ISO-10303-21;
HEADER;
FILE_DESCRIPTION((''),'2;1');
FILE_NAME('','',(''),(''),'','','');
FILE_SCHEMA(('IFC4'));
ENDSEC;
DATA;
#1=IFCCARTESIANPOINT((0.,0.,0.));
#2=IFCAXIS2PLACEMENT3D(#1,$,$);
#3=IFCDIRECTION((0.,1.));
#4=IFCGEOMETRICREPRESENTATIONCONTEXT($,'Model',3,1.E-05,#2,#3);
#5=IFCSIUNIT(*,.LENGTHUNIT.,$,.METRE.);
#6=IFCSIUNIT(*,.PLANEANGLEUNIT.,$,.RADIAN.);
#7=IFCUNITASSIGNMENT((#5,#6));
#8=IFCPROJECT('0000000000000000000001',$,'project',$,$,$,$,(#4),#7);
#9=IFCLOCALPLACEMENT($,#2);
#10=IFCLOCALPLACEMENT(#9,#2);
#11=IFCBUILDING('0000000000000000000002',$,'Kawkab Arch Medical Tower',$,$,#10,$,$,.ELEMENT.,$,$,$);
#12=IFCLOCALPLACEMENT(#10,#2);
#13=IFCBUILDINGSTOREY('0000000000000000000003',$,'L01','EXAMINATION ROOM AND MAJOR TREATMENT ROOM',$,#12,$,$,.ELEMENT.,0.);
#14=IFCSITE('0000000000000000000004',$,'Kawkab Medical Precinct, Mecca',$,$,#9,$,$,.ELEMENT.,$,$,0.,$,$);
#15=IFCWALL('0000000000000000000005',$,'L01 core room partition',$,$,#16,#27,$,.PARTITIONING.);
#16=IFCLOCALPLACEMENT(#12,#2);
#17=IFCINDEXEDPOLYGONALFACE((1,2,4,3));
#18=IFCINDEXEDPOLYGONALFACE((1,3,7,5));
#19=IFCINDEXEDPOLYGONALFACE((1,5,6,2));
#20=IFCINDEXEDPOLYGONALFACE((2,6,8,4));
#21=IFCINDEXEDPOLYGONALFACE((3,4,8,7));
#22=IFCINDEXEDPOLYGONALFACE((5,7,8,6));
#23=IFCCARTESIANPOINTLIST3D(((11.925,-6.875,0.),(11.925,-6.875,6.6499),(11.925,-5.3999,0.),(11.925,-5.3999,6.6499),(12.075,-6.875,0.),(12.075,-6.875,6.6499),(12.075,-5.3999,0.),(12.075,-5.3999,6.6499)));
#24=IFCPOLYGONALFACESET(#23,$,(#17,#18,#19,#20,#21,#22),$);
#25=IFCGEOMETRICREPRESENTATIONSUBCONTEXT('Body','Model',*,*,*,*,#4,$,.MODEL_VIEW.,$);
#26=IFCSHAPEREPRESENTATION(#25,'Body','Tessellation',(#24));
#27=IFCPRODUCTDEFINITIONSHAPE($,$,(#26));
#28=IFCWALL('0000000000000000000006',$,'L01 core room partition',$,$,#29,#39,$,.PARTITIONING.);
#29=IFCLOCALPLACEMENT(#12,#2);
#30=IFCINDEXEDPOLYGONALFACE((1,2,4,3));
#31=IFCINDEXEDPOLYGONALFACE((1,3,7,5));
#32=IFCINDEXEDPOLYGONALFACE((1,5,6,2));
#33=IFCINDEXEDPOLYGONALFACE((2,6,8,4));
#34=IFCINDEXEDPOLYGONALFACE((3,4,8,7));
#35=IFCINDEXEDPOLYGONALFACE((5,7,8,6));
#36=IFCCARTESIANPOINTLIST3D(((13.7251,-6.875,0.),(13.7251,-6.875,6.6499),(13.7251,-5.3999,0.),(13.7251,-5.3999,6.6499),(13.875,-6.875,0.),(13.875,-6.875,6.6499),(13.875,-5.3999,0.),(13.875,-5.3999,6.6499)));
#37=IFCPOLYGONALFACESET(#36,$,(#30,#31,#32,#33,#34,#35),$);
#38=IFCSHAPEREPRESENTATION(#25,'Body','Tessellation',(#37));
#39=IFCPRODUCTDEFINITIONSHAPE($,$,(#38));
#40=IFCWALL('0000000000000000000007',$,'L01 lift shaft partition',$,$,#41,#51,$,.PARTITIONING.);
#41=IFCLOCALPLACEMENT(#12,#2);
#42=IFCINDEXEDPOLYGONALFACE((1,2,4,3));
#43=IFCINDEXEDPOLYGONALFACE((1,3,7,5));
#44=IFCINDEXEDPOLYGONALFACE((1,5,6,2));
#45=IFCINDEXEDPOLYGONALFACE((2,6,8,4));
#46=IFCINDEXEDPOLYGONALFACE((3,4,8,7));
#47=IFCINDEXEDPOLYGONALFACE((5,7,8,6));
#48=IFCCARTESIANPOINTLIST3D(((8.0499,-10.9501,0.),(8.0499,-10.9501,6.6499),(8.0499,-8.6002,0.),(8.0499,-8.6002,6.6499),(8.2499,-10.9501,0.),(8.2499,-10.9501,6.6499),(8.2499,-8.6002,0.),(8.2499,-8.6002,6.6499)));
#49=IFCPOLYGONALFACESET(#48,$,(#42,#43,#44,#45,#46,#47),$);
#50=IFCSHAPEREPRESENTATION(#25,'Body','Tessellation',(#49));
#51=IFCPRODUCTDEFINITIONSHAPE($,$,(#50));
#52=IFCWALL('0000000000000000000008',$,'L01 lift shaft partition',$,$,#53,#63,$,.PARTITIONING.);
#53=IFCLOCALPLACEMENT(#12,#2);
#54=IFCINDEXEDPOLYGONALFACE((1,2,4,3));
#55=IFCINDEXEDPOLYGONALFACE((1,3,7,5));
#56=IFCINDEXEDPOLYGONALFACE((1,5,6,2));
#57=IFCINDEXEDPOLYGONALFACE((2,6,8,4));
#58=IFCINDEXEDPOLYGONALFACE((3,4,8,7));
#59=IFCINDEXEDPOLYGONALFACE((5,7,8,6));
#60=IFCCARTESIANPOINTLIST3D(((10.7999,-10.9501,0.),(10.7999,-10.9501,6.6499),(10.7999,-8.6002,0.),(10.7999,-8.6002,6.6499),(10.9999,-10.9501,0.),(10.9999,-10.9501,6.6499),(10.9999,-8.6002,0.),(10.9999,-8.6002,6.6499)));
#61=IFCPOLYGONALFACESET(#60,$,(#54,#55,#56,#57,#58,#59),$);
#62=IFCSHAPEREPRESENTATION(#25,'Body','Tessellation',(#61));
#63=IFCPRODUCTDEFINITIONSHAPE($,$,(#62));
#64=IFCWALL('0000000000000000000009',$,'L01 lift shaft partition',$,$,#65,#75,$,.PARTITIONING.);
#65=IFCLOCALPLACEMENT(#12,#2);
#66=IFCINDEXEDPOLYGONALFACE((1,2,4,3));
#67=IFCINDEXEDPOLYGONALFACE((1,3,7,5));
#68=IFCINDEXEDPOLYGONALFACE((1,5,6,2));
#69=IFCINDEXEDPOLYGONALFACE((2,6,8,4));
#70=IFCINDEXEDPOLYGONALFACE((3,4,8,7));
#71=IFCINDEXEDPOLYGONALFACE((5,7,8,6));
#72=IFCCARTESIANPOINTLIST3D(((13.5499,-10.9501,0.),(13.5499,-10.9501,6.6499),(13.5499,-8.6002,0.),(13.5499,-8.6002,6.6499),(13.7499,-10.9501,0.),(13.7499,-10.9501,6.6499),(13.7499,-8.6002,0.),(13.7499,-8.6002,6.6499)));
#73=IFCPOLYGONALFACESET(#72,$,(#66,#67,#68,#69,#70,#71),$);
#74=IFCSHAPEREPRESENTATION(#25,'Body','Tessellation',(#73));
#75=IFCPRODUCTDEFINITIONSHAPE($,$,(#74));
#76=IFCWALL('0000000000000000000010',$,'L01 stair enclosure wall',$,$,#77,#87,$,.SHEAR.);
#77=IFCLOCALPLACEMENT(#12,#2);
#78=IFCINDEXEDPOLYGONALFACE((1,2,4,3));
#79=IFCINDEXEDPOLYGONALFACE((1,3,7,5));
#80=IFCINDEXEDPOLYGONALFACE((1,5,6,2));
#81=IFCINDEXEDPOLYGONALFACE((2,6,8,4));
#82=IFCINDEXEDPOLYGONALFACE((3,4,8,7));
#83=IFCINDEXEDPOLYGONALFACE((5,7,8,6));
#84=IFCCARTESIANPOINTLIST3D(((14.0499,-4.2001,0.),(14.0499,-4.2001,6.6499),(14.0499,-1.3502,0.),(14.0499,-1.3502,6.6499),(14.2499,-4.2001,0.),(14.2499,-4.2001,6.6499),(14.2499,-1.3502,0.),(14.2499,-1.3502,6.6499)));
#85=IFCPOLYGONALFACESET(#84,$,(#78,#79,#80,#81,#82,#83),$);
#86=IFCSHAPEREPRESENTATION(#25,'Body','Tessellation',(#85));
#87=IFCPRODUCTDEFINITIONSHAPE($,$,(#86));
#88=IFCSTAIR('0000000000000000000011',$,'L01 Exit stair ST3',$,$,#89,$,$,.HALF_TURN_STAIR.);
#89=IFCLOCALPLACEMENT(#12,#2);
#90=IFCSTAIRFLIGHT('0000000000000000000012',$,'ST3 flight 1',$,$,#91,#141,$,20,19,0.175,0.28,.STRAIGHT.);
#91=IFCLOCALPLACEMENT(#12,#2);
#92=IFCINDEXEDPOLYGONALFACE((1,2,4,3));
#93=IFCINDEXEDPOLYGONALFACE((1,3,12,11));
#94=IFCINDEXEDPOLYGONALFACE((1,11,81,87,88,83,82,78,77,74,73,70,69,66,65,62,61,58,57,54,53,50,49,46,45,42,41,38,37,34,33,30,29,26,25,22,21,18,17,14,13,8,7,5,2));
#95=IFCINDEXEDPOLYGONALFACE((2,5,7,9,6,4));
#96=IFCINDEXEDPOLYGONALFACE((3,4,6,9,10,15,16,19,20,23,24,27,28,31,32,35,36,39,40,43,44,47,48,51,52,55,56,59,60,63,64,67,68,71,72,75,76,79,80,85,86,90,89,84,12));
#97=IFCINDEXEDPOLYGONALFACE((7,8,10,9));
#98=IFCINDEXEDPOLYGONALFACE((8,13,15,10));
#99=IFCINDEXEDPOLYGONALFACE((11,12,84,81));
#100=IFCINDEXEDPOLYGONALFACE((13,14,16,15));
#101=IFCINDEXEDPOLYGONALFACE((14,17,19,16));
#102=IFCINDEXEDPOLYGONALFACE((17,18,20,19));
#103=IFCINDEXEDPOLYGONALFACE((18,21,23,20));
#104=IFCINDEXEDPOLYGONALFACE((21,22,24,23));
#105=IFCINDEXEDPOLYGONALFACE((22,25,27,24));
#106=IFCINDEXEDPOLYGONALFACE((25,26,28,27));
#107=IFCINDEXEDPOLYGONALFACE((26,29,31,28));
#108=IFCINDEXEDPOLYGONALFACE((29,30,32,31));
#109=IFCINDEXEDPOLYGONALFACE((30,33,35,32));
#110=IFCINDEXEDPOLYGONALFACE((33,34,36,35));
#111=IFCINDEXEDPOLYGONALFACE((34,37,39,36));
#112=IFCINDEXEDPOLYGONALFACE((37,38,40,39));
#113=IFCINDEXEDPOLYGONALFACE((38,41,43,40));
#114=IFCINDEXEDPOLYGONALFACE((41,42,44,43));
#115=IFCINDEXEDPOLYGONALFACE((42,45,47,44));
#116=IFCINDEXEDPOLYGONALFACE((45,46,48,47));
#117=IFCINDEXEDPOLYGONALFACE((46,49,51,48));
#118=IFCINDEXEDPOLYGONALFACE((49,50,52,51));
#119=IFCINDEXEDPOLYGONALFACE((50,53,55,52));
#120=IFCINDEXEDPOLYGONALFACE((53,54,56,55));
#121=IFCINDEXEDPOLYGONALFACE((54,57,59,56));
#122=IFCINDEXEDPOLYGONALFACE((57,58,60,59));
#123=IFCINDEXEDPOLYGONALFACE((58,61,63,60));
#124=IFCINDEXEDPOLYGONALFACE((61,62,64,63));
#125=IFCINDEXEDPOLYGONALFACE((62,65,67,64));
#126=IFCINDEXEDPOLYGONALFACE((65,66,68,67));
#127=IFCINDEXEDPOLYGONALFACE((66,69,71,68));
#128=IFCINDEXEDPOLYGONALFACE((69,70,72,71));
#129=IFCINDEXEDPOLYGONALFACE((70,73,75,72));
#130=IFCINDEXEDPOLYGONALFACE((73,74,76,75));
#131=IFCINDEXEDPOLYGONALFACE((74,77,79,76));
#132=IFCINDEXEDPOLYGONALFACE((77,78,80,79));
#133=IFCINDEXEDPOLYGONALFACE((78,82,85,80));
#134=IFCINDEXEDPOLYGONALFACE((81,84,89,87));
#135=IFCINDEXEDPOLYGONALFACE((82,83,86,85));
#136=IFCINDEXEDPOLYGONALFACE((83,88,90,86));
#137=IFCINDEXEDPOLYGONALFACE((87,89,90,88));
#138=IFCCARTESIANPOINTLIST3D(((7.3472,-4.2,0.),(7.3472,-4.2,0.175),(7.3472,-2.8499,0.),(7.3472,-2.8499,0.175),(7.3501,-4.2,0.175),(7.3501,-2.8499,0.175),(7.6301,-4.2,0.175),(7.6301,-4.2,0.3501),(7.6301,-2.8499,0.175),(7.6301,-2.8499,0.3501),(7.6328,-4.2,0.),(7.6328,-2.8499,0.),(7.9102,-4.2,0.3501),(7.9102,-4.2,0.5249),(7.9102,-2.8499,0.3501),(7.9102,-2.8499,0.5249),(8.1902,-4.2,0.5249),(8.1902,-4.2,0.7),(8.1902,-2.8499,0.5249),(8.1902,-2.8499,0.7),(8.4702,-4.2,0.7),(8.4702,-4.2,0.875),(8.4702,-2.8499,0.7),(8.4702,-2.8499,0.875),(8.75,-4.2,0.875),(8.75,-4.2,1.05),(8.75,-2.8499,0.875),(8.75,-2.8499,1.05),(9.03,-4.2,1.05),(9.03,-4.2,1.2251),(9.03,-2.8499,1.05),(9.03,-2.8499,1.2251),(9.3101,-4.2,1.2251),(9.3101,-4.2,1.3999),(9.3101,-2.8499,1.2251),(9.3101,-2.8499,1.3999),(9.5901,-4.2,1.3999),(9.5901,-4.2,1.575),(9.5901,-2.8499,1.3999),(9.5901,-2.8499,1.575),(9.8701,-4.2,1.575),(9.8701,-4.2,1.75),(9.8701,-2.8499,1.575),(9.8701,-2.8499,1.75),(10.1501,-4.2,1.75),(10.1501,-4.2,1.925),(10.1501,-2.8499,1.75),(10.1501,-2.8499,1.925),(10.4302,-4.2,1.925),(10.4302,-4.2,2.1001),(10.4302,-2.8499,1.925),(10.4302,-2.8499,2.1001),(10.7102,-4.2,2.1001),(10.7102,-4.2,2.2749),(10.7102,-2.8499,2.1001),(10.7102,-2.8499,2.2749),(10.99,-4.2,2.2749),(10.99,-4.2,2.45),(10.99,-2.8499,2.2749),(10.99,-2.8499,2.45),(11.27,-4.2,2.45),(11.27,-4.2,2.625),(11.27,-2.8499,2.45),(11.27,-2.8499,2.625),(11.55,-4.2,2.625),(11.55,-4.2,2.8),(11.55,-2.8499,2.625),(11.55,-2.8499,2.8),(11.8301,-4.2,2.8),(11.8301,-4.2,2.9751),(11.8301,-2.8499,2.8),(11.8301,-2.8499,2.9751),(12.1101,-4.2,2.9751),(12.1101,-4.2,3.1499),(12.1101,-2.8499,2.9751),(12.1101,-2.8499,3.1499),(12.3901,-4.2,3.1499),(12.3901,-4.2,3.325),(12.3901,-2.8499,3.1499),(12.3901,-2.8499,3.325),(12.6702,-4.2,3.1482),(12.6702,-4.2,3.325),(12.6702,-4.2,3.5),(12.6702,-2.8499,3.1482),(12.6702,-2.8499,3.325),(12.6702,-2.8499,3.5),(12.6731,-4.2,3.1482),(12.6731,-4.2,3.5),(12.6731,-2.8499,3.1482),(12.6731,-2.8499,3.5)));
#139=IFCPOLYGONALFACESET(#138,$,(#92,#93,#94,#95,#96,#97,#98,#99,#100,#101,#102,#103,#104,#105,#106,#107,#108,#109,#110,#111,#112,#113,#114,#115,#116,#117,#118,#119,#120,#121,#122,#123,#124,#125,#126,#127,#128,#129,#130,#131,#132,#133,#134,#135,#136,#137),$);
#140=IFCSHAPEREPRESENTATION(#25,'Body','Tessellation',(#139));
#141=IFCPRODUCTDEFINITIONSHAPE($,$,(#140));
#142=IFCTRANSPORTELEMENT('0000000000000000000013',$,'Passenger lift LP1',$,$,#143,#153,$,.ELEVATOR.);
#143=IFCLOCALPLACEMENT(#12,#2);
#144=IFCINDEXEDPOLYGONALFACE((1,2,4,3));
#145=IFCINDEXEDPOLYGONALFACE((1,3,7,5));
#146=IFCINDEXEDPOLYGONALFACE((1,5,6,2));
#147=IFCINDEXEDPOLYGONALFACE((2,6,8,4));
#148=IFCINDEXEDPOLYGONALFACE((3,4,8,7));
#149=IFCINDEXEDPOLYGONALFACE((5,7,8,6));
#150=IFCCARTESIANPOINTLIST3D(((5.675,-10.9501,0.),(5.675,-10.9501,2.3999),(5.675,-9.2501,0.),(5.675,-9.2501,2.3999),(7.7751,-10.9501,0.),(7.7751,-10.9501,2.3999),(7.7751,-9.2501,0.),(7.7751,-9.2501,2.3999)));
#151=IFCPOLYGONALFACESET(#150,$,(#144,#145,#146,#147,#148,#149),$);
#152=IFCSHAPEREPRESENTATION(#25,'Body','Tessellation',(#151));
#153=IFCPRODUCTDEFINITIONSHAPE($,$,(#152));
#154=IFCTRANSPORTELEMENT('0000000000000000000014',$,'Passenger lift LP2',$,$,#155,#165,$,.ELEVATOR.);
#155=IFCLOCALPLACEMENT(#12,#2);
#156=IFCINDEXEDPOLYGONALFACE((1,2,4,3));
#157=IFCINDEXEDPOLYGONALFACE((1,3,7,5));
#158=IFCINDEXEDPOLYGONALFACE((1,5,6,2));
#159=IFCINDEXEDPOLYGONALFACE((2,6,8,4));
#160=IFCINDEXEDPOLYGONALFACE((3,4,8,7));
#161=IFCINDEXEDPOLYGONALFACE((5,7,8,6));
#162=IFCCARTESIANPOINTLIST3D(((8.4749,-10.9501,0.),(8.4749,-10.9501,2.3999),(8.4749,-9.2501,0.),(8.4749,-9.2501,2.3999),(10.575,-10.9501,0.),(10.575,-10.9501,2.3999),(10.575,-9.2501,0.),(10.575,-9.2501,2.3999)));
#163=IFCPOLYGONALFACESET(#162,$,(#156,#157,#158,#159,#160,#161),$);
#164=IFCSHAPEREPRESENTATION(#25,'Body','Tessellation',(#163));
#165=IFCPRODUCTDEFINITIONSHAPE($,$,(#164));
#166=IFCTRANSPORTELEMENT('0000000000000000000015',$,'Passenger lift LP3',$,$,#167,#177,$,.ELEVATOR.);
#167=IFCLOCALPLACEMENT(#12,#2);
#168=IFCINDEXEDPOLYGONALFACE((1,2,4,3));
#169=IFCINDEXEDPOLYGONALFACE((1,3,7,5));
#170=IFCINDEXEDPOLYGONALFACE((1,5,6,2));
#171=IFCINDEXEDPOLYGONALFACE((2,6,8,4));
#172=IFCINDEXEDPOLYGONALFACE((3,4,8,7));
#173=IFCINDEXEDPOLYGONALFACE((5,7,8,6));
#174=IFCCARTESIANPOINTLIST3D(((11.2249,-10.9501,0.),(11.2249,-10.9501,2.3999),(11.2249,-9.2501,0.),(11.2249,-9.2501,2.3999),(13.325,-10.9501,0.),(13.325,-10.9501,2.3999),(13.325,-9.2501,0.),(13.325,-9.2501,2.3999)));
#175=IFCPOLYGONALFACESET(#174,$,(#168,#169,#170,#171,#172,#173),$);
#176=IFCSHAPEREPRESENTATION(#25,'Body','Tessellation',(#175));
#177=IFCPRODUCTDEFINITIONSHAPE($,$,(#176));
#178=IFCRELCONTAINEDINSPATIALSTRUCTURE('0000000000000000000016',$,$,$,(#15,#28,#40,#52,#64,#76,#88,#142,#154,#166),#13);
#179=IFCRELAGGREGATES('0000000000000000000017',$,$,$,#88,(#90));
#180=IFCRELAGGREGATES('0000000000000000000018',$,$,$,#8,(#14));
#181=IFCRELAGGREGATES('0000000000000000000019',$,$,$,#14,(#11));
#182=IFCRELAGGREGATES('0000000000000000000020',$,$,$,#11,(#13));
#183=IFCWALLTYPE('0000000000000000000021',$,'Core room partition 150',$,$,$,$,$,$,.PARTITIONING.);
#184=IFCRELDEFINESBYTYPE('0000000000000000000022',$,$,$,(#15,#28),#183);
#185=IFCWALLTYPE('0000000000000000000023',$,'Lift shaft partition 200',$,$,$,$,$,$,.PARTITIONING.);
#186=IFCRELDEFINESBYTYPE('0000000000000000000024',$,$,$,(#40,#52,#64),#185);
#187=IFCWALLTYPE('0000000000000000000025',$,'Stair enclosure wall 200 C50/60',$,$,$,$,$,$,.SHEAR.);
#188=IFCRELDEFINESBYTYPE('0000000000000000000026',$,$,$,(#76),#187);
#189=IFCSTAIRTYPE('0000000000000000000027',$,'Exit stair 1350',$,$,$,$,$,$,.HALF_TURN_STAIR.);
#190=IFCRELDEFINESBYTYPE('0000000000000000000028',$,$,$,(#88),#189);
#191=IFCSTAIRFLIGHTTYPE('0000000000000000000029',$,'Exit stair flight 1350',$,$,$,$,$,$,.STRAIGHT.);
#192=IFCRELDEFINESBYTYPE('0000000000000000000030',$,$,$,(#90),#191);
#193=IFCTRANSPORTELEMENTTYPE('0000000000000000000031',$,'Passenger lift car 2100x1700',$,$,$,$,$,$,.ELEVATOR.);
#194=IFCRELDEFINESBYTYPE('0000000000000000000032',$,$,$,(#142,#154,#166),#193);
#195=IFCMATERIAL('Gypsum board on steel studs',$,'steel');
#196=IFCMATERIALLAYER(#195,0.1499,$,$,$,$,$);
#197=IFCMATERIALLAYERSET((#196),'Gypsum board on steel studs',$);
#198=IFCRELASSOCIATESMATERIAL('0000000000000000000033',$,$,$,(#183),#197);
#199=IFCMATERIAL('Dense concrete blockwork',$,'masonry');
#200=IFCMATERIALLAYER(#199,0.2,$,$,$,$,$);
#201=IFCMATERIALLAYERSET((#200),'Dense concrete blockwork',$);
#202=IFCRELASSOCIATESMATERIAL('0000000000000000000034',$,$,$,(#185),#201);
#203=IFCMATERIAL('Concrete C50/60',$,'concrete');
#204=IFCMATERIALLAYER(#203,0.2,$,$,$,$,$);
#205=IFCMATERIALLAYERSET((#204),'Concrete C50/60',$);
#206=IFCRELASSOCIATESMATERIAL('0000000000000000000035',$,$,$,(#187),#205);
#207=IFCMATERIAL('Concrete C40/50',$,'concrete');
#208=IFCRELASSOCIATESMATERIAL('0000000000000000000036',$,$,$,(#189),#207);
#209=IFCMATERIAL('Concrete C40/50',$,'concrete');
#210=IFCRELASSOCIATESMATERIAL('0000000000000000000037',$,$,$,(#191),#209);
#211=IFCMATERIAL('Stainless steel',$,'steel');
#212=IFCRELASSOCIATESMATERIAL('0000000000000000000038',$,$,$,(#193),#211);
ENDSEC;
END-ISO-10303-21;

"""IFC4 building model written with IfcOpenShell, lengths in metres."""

from ifc_helpers import new_model, si_unit, direction, frame, frame_2d, origin, origin_2d, place, context, subcontext, project, spatial, polyline, rectangle, outline, extrude, material, layer, layer_set, type_object, element, aggregate, save


model = new_model("IFC4")

# Units and contexts
model_context = context("Model", 3, precision=1e-05, world=origin(), true_north=direction((0.0, 1.0)))
body_context = subcontext(model_context, "Body", "Model", "MODEL_VIEW")
ifc_project = project(units=[si_unit("LENGTHUNIT", "METRE"), si_unit("PLANEANGLEUNIT", "RADIAN")], contexts=[model_context])

# Site, building, storey
site_placement = place(None, origin())
site = spatial("IfcSite", under=ifc_project, at=site_placement, Name="Kawkab Medical Precinct, Mecca", CompositionType="ELEMENT", RefElevation=0.0)
building_placement = place(site_placement, origin())
building = spatial("IfcBuilding", under=site, at=building_placement, Name="Kawkab Arch Medical Tower", CompositionType="ELEMENT")
storey_placement = place(building_placement, origin())
storey = spatial("IfcBuildingStorey", under=building, at=storey_placement, Name="L01", Description="EXAMINATION ROOM AND MAJOR TREATMENT ROOM", CompositionType="ELEMENT", Elevation=0.0)

# Shared definitions
ifc_material_1 = material(Name="Gypsum board on steel studs", Category="steel")
ifc_layer_1 = layer(ifc_material_1, 0.1499)
ifc_layer_set_1 = layer_set([ifc_layer_1], Name="Gypsum board on steel studs")
wall_type_1 = type_object("IfcWallType", Name="Core room partition 150", PredefinedType="PARTITIONING", material=ifc_layer_set_1)

# Walls
for number, where, z_axis, x_axis, name in (
    (1, (12.0, -6.875, 0.0), (0.0, 0.0, 1.0), (0.0, 1.0, 0.0), "L01 core room partition"),
    (2, (13.8, -6.875, 0.0), (0.0, 0.0, 1.0), (0.0, 1.0, 0.0), "L01 core room partition"),
):
    element("IfcWall", number, at=place(storey_placement, frame(where, z_axis=z_axis, x_axis=x_axis)), inside=storey, type_object=wall_type_1, Name=name, PredefinedType="PARTITIONING", context=body_context, shape_type="SweptSolid", body=[
        extrude(rectangle(XDim=1.4751, YDim=0.1499, at=frame_2d((0.7375, 0.0))), origin(), (0.0, 0.0, 1.0), 6.6499),
    ])
ifc_material_2 = material(Name="Dense concrete blockwork", Category="masonry")
ifc_layer_2 = layer(ifc_material_2, 0.2)
ifc_layer_set_2 = layer_set([ifc_layer_2], Name="Dense concrete blockwork")
wall_type_2 = type_object("IfcWallType", Name="Lift shaft partition 200", PredefinedType="PARTITIONING", material=ifc_layer_set_2)
for number, where, z_axis, x_axis, name in (
    (3, (8.1499, -10.95, 0.0), (0.0, 0.0, 1.0), (0.0, 1.0, 0.0), "L01 lift shaft partition"),
    (4, (10.8999, -10.95, 0.0), (0.0, 0.0, 1.0), (0.0, 1.0, 0.0), "L01 lift shaft partition"),
    (5, (13.6499, -10.95, 0.0), (0.0, 0.0, 1.0), (0.0, 1.0, 0.0), "L01 lift shaft partition"),
):
    element("IfcWall", number, at=place(storey_placement, frame(where, z_axis=z_axis, x_axis=x_axis)), inside=storey, type_object=wall_type_2, Name=name, PredefinedType="PARTITIONING", context=body_context, shape_type="SweptSolid", body=[
        extrude(rectangle(XDim=2.3499, YDim=0.2, at=frame_2d((1.1748, 0.0))), origin(), (0.0, 0.0, 1.0), 6.6499),
    ])
ifc_material_3 = material(Name="Concrete C50/60", Category="concrete")
ifc_layer_3 = layer(ifc_material_3, 0.2)
ifc_layer_set_3 = layer_set([ifc_layer_3], Name="Concrete C50/60")
wall_type_3 = type_object("IfcWallType", Name="Stair enclosure wall 200 C50/60", PredefinedType="SHEAR", material=ifc_layer_set_3)
wall_1_placement = place(storey_placement, frame((14.1499, -4.2, 0.0), z_axis=(0.0, 0.0, 1.0), x_axis=(0.0, 1.0, 0.0)))
element("IfcWall", 6, at=wall_1_placement, inside=storey, type_object=wall_type_3, Name="L01 stair enclosure wall", PredefinedType="SHEAR", context=body_context, shape_type="SweptSolid", body=[
    extrude(rectangle(XDim=2.8499, YDim=0.2, at=frame_2d((1.4248, 0.0))), origin(), (0.0, 0.0, 1.0), 6.6499),
])

# Stair, stair flight
ifc_material_4 = material(Name="Concrete C40/50", Category="concrete")
stair_type = type_object("IfcStairType", Name="Exit stair 1350", PredefinedType="HALF_TURN_STAIR", material=ifc_material_4)
stair_placement = place(storey_placement, origin())
stair = element("IfcStair", 7, at=stair_placement, inside=storey, type_object=stair_type, Name="L01 Exit stair ST3", PredefinedType="HALF_TURN_STAIR")
ifc_material_5 = material(Name="Concrete C40/50", Category="concrete")
stair_flight_type = type_object("IfcStairFlightType", Name="Exit stair flight 1350", PredefinedType="STRAIGHT", material=ifc_material_5)
stair_flight_placement = place(storey_placement, frame((7.3501, -3.5249, 0.0), z_axis=(0.0, 0.0, 1.0), x_axis=(1.0, 0.0, 0.0)))
stair_flight = element("IfcStairFlight", 8, at=stair_flight_placement, type_object=stair_flight_type, Name="ST3 flight 1", NumberOfRisers=20, NumberOfTreads=19, PredefinedType="STRAIGHT", RiserHeight=0.175, TreadLength=0.28, context=body_context, shape_type="SweptSolid", body=[
    extrude(outline(polyline([(-0.0029, 0.0), (-0.0029, 0.175), (0.0, 0.175), (0.28, 0.175), (0.28, 0.3501), (0.5601, 0.3501), (0.5601, 0.5249), (0.8401, 0.5249), (0.8401, 0.7), (1.1201, 0.7), (1.1201, 0.875), (1.3999, 0.875), (1.3999, 1.05), (1.6799, 1.05), (1.6799, 1.2251), (1.96, 1.2251), (1.96, 1.3999), (2.24, 1.3999), (2.24, 1.575), (2.52, 1.575), (2.52, 1.75), (2.8, 1.75), (2.8, 1.925), (3.0801, 1.925), (3.0801, 2.1001), (3.3601, 2.1001), (3.3601, 2.2749), (3.6399, 2.2749), (3.6399, 2.45), (3.9199, 2.45), (3.9199, 2.625), (4.2, 2.625), (4.2, 2.8), (4.48, 2.8), (4.48, 2.9751), (4.76, 2.9751), (4.76, 3.1499), (5.04, 3.1499), (5.04, 3.325), (5.3201, 3.325), (5.3201, 3.5), (5.323, 3.5), (5.323, 3.1482), (5.3201, 3.1482), (0.2827, 0.0), (-0.0029, 0.0)])), frame((0.0, 0.675, 0.0), z_axis=(0.0, -1.0, 0.0), x_axis=(1.0, 0.0, 0.0)), (0.0, 0.0, 1.0), 1.3501),
])
aggregate(stair, [stair_flight])

# Transport elements
ifc_material_6 = material(Name="Stainless steel", Category="steel")
transport_element_type = type_object("IfcTransportElementType", Name="Passenger lift car 2100x1700", PredefinedType="ELEVATOR", material=ifc_material_6)
for number, where, z_axis, x_axis, name in (
    (9, (6.7251, -10.1001, 0.0), (0.0, 0.0, 1.0), (1.0, 0.0, 0.0), "Passenger lift LP1"),
    (10, (9.5249, -10.1001, 0.0), (0.0, 0.0, 1.0), (1.0, 0.0, 0.0), "Passenger lift LP2"),
    (11, (12.2749, -10.1001, 0.0), (0.0, 0.0, 1.0), (1.0, 0.0, 0.0), "Passenger lift LP3"),
):
    element("IfcTransportElement", number, at=place(storey_placement, frame(where, z_axis=z_axis, x_axis=x_axis)), inside=storey, type_object=transport_element_type, Name=name, PredefinedType="ELEVATOR", context=body_context, shape_type="SweptSolid", body=[
        extrude(rectangle(XDim=2.1001, YDim=1.7, at=origin_2d()), origin(), (0.0, 0.0, 1.0), 2.3999),
    ])

save(model, "model.ifc")
